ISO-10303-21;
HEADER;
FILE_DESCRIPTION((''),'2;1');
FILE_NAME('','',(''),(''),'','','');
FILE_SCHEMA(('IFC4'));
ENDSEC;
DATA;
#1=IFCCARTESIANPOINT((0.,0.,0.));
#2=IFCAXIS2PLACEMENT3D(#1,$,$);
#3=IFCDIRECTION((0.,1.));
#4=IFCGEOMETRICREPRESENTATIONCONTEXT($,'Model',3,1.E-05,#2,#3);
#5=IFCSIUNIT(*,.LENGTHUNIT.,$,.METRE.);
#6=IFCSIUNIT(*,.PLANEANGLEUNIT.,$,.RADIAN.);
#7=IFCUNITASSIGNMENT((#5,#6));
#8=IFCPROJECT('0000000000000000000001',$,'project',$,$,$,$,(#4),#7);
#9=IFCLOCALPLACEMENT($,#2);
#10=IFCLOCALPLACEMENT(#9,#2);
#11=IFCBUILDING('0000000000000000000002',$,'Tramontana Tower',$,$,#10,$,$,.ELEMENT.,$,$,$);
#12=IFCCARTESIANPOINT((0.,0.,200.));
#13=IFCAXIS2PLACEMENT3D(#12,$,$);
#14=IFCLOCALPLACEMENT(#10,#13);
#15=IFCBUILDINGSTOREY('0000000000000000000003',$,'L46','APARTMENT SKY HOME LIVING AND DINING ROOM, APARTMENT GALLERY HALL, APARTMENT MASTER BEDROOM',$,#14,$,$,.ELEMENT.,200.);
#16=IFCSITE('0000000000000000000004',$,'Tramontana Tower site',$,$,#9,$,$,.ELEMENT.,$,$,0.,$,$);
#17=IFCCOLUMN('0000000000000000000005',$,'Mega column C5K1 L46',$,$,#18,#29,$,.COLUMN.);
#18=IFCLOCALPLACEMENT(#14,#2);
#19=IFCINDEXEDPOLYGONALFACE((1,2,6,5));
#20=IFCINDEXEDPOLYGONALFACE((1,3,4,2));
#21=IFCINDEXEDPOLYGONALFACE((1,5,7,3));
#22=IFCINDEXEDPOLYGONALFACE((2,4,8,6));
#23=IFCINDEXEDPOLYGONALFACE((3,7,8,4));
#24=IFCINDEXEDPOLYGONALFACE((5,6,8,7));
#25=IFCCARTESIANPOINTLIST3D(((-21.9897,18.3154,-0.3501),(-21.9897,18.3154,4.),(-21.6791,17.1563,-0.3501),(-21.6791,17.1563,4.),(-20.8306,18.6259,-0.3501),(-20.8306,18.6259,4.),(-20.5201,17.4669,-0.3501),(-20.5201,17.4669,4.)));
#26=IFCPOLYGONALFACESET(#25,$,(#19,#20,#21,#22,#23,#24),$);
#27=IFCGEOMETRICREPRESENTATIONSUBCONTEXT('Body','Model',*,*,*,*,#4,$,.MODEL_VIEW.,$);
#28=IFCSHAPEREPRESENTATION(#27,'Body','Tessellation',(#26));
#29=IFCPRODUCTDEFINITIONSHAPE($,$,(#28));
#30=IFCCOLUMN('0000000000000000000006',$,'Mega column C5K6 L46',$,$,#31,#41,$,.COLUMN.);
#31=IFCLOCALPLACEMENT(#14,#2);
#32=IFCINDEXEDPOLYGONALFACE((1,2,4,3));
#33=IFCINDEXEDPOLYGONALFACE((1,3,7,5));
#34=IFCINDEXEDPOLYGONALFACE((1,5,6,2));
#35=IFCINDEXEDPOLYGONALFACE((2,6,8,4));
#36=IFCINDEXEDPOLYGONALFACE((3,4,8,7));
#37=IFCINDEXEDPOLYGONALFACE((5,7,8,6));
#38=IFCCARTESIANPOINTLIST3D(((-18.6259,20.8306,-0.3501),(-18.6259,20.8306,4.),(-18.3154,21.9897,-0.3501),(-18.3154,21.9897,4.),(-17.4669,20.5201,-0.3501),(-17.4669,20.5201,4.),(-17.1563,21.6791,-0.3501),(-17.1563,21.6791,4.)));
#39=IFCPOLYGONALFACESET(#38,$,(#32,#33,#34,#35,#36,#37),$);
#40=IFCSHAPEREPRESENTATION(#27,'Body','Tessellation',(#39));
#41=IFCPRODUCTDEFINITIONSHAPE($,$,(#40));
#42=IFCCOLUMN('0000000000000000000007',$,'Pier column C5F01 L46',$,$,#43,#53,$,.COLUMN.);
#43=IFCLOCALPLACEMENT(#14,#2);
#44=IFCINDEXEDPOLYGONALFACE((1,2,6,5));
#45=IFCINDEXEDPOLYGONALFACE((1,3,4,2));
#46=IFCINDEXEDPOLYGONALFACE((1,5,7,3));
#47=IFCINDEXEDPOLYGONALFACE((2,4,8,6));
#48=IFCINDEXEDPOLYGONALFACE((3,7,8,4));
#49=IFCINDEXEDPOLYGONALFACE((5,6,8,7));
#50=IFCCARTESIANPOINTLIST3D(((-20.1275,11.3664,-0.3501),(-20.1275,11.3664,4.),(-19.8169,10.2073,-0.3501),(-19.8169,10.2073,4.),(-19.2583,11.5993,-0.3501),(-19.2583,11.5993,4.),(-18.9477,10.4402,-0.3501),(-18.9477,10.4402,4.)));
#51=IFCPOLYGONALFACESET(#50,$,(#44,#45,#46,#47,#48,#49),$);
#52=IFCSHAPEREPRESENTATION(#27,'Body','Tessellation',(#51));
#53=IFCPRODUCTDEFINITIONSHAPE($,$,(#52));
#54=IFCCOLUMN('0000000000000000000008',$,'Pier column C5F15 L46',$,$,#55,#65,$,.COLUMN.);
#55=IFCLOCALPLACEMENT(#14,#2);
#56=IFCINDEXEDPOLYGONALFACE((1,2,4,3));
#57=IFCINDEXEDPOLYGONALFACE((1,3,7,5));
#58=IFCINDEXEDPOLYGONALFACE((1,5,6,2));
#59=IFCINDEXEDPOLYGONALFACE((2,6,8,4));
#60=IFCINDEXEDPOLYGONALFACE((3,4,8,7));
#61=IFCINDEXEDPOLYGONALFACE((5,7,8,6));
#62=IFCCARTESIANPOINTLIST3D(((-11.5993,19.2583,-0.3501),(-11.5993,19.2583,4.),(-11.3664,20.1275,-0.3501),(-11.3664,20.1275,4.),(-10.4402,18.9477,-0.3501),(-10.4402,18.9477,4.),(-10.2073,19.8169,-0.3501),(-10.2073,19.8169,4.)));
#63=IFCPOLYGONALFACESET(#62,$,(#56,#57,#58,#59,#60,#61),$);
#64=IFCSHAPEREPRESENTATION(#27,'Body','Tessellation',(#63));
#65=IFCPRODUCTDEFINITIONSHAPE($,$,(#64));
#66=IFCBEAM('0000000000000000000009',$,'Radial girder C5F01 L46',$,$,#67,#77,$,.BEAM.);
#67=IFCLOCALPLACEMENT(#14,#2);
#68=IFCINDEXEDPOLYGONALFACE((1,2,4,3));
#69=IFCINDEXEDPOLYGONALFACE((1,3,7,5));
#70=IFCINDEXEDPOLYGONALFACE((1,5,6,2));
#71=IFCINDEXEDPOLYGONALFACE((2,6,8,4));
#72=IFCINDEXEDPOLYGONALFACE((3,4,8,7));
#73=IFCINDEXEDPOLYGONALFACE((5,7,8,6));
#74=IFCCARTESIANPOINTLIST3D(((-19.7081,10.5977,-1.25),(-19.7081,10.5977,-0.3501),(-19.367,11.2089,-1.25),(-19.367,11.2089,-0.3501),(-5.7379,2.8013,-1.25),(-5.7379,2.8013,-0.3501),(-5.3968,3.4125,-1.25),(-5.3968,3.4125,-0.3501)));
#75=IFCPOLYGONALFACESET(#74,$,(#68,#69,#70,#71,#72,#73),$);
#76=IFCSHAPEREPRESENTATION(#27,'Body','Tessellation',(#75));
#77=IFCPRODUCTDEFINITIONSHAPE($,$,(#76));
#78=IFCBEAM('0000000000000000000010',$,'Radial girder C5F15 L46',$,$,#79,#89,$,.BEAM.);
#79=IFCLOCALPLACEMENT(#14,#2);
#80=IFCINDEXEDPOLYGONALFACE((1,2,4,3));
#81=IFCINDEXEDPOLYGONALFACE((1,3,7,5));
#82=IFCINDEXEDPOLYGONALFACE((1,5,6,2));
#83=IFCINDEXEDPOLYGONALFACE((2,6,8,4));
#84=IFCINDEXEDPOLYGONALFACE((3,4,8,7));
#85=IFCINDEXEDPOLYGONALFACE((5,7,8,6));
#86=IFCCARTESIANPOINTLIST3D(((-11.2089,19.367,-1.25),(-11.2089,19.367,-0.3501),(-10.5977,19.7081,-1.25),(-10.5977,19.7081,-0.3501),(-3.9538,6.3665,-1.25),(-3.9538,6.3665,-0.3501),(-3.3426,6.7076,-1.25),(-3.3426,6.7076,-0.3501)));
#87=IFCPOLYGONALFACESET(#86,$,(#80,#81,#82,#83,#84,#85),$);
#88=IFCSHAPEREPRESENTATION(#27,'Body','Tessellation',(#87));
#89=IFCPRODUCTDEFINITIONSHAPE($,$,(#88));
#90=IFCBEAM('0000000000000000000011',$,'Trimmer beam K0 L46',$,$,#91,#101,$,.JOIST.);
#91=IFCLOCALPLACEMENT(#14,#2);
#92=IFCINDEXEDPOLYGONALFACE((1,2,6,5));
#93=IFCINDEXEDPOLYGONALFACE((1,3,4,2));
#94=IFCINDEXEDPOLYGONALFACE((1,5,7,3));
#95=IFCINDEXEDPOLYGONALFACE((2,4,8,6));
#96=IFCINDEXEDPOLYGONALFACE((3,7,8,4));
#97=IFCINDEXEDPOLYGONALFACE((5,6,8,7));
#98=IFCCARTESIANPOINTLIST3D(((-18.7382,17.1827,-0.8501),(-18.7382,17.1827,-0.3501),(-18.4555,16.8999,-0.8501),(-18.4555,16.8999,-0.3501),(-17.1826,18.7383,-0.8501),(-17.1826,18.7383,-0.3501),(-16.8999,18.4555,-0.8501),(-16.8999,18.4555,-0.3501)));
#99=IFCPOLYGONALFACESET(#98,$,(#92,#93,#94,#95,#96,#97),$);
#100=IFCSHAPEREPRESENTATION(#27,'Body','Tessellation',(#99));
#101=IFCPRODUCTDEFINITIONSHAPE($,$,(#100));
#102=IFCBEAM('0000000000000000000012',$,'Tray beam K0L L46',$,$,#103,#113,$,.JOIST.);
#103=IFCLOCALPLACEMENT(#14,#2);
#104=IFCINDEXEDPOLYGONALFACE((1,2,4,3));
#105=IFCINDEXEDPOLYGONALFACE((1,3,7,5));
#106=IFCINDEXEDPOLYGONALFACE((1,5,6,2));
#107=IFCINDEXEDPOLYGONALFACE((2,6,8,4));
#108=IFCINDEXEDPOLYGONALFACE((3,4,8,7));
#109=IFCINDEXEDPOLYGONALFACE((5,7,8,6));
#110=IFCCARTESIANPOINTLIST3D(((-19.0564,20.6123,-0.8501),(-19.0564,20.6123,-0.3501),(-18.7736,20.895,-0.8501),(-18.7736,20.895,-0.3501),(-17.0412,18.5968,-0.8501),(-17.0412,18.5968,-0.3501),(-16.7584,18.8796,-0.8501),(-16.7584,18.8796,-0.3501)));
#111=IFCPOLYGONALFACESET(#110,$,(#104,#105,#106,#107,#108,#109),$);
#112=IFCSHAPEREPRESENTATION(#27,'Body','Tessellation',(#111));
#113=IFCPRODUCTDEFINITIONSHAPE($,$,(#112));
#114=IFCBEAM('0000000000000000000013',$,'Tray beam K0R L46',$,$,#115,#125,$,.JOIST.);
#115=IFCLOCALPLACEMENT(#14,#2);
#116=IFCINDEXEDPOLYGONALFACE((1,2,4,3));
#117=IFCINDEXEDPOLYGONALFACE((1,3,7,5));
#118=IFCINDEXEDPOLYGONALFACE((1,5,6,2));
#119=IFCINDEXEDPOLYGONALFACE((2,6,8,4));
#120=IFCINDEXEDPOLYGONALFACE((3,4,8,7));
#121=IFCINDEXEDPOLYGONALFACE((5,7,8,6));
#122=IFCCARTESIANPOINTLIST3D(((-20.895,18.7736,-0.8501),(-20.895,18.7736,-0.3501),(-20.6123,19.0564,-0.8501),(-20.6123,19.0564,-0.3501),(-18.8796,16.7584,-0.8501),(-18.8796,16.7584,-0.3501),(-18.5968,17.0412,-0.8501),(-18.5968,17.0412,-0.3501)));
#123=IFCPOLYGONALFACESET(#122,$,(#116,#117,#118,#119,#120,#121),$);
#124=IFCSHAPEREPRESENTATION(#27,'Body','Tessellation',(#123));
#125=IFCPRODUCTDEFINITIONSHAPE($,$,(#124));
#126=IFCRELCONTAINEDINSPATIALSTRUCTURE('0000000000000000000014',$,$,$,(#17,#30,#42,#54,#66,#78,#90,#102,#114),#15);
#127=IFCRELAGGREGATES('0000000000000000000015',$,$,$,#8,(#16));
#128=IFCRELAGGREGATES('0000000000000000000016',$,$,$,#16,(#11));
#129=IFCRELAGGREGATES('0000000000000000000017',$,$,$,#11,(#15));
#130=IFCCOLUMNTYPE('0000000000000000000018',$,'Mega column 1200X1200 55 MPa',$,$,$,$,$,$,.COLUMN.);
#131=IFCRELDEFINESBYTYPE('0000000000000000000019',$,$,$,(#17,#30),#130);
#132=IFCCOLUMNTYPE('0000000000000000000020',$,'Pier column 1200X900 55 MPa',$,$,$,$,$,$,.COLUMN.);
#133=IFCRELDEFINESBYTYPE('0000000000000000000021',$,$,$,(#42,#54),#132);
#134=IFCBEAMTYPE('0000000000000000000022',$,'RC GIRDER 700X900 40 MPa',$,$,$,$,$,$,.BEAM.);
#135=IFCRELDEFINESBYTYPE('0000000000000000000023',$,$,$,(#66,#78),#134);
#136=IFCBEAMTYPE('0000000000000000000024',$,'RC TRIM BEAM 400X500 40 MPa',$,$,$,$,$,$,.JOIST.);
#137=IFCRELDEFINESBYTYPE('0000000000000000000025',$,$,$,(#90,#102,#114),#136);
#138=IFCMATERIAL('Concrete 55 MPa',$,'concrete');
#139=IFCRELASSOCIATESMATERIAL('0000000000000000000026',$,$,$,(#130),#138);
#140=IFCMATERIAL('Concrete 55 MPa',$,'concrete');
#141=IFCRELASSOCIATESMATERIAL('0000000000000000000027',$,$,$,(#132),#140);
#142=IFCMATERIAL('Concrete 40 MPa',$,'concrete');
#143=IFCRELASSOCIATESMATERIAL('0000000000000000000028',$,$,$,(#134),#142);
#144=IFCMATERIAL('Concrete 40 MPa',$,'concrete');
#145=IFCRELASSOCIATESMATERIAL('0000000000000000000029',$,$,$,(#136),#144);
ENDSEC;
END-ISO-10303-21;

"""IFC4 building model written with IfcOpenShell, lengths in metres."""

from ifc_helpers import new_model, si_unit, direction, frame, origin, origin_2d, place, context, subcontext, project, spatial, rectangle, extrude, material, material_profile, profile_set, type_object, element, save


model = new_model("IFC4")

# Units and contexts
model_context = context("Model", 3, precision=1e-05, world=origin(), true_north=direction((0.0, 1.0)))
body_context = subcontext(model_context, "Body", "Model", "MODEL_VIEW")
ifc_project = project(units=[si_unit("LENGTHUNIT", "METRE"), si_unit("PLANEANGLEUNIT", "RADIAN")], contexts=[model_context])

# Site, building, storey
site_placement = place(None, origin())
site = spatial("IfcSite", under=ifc_project, at=site_placement, Name="Tramontana Tower site", CompositionType="ELEMENT", RefElevation=0.0)
building_placement = place(site_placement, origin())
building = spatial("IfcBuilding", under=site, at=building_placement, Name="Tramontana Tower", CompositionType="ELEMENT")
storey_placement = place(building_placement, frame((0.0, 0.0, 200.0)))
storey = spatial("IfcBuildingStorey", under=building, at=storey_placement, Name="L46", Description="APARTMENT SKY HOME LIVING AND DINING ROOM, APARTMENT GALLERY HALL, APARTMENT MASTER BEDROOM", CompositionType="ELEMENT", Elevation=200.0)

# Columns
ifc_material_1 = material(Name="Concrete 55 MPa", Category="concrete")
ifc_material_profile_1 = material_profile(ifc_material_1, rectangle(XDim=1.2, YDim=1.2, at=origin_2d()), Name="Mega column 1200X1200 55 MPa")
ifc_profile_set_1 = profile_set([ifc_material_profile_1], Name="Concrete 55 MPa")
column_type_1 = type_object("IfcColumnType", Name="Mega column 1200X1200 55 MPa", PredefinedType="COLUMN", material=ifc_profile_set_1)
for number, where, z_axis, x_axis, name in (
    (1, (-21.2549, 17.8911, -0.3501), (0.0, 0.0, 1.0), (0.258819, -0.965926, 0.0), "Mega column C5K1 L46"),
    (2, (-17.8911, 21.2549, -0.3501), (0.0, 0.0, 1.0), (-0.965926, 0.258819, 0.0), "Mega column C5K6 L46"),
):
    element("IfcColumn", number, at=place(storey_placement, frame(where, z_axis=z_axis, x_axis=x_axis)), inside=storey, type_object=column_type_1, Name=name, PredefinedType="COLUMN", context=body_context, shape_type="SweptSolid", body=[
        extrude(rectangle(XDim=1.2, YDim=1.2, at=origin_2d()), origin(), (0.0, 0.0, 1.0), 4.3501),
    ])
ifc_material_2 = material(Name="Concrete 55 MPa", Category="concrete")
ifc_material_profile_2 = material_profile(ifc_material_2, rectangle(XDim=1.2, YDim=0.8999, at=origin_2d()), Name="Pier column 1200X900 55 MPa")
ifc_profile_set_2 = profile_set([ifc_material_profile_2], Name="Concrete 55 MPa")
column_type_2 = type_object("IfcColumnType", Name="Pier column 1200X900 55 MPa", PredefinedType="COLUMN", material=ifc_profile_set_2)
for number, where, z_axis, x_axis, name in (
    (3, (-19.5376, 10.9033, -0.3501), (0.0, 0.0, 1.0), (0.258819, -0.965926, 0.0), "Pier column C5F01 L46"),
    (4, (-10.9033, 19.5376, -0.3501), (0.0, 0.0, 1.0), (-0.965926, 0.258819, 0.0), "Pier column C5F15 L46"),
):
    element("IfcColumn", number, at=place(storey_placement, frame(where, z_axis=z_axis, x_axis=x_axis)), inside=storey, type_object=column_type_2, Name=name, PredefinedType="COLUMN", context=body_context, shape_type="SweptSolid", body=[
        extrude(rectangle(XDim=1.2, YDim=0.8999, at=origin_2d()), origin(), (0.0, 0.0, 1.0), 4.3501),
    ])

# Beams
ifc_material_3 = material(Name="Concrete 40 MPa", Category="concrete")
ifc_material_profile_3 = material_profile(ifc_material_3, rectangle(XDim=0.7, YDim=0.8999, at=origin_2d()), Name="RC GIRDER 700X900 40 MPa")
ifc_profile_set_3 = profile_set([ifc_material_profile_3], Name="Concrete 40 MPa")
beam_type_1 = type_object("IfcBeamType", Name="RC GIRDER 700X900 40 MPa", PredefinedType="BEAM", material=ifc_profile_set_3)
beam_1_placement = place(storey_placement, frame((-19.5376, 10.9033, -0.8), z_axis=(0.873223, -0.487321, 0.0), x_axis=(0.487321, 0.873223, 0.0)))
element("IfcBeam", 5, at=beam_1_placement, inside=storey, type_object=beam_type_1, Name="Radial girder C5F01 L46", PredefinedType="BEAM", context=body_context, shape_type="SweptSolid", body=[
    extrude(rectangle(XDim=0.7, YDim=0.8999, at=origin_2d()), origin(), (0.0, 0.0, 1.0), 15.9985),
])
beam_2_placement = place(storey_placement, frame((-10.9033, 19.5376, -0.8), z_axis=(0.487317, -0.873225, 0.0), x_axis=(0.873225, 0.487317, 0.0)))
element("IfcBeam", 6, at=beam_2_placement, inside=storey, type_object=beam_type_1, Name="Radial girder C5F15 L46", PredefinedType="BEAM", context=body_context, shape_type="SweptSolid", body=[
    extrude(rectangle(XDim=0.7, YDim=0.8999, at=origin_2d()), origin(), (0.0, 0.0, 1.0), 14.8879),
])
ifc_material_4 = material(Name="Concrete 40 MPa", Category="concrete")
ifc_material_profile_4 = material_profile(ifc_material_4, rectangle(XDim=0.3999, YDim=0.5, at=origin_2d()), Name="RC TRIM BEAM 400X500 40 MPa")
ifc_profile_set_4 = profile_set([ifc_material_profile_4], Name="Concrete 40 MPa")
beam_type_2 = type_object("IfcBeamType", Name="RC TRIM BEAM 400X500 40 MPa", PredefinedType="JOIST", material=ifc_profile_set_4)
beam_3_placement = place(storey_placement, frame((-17.0413, 18.5969, -0.6001), z_axis=(-0.707107, -0.707107, 0.0), x_axis=(0.707107, -0.707107, 0.0)))
element("IfcBeam", 7, at=beam_3_placement, inside=storey, type_object=beam_type_2, Name="Trimmer beam K0 L46", PredefinedType="JOIST", context=body_context, shape_type="SweptSolid", body=[
    extrude(rectangle(XDim=0.3999, YDim=0.5, at=origin_2d()), origin(), (0.0, 0.0, 1.0), 2.2),
])
for number, where, z_axis, x_axis, name in (
    (8, (-18.915, 20.7537, -0.6001), (0.707064, -0.70715, 0.0), (0.70715, 0.707064, 0.0), "Tray beam K0L L46"),
    (9, (-20.7537, 18.915, -0.6001), (0.70715, -0.707064, 0.0), (0.707064, 0.70715, 0.0), "Tray beam K0R L46"),
):
    element("IfcBeam", number, at=place(storey_placement, frame(where, z_axis=z_axis, x_axis=x_axis)), inside=storey, type_object=beam_type_2, Name=name, PredefinedType="JOIST", context=body_context, shape_type="SweptSolid", body=[
        extrude(rectangle(XDim=0.3999, YDim=0.5, at=origin_2d()), origin(), (0.0, 0.0, 1.0), 2.8501),
    ])

save(model, "model.ifc")
